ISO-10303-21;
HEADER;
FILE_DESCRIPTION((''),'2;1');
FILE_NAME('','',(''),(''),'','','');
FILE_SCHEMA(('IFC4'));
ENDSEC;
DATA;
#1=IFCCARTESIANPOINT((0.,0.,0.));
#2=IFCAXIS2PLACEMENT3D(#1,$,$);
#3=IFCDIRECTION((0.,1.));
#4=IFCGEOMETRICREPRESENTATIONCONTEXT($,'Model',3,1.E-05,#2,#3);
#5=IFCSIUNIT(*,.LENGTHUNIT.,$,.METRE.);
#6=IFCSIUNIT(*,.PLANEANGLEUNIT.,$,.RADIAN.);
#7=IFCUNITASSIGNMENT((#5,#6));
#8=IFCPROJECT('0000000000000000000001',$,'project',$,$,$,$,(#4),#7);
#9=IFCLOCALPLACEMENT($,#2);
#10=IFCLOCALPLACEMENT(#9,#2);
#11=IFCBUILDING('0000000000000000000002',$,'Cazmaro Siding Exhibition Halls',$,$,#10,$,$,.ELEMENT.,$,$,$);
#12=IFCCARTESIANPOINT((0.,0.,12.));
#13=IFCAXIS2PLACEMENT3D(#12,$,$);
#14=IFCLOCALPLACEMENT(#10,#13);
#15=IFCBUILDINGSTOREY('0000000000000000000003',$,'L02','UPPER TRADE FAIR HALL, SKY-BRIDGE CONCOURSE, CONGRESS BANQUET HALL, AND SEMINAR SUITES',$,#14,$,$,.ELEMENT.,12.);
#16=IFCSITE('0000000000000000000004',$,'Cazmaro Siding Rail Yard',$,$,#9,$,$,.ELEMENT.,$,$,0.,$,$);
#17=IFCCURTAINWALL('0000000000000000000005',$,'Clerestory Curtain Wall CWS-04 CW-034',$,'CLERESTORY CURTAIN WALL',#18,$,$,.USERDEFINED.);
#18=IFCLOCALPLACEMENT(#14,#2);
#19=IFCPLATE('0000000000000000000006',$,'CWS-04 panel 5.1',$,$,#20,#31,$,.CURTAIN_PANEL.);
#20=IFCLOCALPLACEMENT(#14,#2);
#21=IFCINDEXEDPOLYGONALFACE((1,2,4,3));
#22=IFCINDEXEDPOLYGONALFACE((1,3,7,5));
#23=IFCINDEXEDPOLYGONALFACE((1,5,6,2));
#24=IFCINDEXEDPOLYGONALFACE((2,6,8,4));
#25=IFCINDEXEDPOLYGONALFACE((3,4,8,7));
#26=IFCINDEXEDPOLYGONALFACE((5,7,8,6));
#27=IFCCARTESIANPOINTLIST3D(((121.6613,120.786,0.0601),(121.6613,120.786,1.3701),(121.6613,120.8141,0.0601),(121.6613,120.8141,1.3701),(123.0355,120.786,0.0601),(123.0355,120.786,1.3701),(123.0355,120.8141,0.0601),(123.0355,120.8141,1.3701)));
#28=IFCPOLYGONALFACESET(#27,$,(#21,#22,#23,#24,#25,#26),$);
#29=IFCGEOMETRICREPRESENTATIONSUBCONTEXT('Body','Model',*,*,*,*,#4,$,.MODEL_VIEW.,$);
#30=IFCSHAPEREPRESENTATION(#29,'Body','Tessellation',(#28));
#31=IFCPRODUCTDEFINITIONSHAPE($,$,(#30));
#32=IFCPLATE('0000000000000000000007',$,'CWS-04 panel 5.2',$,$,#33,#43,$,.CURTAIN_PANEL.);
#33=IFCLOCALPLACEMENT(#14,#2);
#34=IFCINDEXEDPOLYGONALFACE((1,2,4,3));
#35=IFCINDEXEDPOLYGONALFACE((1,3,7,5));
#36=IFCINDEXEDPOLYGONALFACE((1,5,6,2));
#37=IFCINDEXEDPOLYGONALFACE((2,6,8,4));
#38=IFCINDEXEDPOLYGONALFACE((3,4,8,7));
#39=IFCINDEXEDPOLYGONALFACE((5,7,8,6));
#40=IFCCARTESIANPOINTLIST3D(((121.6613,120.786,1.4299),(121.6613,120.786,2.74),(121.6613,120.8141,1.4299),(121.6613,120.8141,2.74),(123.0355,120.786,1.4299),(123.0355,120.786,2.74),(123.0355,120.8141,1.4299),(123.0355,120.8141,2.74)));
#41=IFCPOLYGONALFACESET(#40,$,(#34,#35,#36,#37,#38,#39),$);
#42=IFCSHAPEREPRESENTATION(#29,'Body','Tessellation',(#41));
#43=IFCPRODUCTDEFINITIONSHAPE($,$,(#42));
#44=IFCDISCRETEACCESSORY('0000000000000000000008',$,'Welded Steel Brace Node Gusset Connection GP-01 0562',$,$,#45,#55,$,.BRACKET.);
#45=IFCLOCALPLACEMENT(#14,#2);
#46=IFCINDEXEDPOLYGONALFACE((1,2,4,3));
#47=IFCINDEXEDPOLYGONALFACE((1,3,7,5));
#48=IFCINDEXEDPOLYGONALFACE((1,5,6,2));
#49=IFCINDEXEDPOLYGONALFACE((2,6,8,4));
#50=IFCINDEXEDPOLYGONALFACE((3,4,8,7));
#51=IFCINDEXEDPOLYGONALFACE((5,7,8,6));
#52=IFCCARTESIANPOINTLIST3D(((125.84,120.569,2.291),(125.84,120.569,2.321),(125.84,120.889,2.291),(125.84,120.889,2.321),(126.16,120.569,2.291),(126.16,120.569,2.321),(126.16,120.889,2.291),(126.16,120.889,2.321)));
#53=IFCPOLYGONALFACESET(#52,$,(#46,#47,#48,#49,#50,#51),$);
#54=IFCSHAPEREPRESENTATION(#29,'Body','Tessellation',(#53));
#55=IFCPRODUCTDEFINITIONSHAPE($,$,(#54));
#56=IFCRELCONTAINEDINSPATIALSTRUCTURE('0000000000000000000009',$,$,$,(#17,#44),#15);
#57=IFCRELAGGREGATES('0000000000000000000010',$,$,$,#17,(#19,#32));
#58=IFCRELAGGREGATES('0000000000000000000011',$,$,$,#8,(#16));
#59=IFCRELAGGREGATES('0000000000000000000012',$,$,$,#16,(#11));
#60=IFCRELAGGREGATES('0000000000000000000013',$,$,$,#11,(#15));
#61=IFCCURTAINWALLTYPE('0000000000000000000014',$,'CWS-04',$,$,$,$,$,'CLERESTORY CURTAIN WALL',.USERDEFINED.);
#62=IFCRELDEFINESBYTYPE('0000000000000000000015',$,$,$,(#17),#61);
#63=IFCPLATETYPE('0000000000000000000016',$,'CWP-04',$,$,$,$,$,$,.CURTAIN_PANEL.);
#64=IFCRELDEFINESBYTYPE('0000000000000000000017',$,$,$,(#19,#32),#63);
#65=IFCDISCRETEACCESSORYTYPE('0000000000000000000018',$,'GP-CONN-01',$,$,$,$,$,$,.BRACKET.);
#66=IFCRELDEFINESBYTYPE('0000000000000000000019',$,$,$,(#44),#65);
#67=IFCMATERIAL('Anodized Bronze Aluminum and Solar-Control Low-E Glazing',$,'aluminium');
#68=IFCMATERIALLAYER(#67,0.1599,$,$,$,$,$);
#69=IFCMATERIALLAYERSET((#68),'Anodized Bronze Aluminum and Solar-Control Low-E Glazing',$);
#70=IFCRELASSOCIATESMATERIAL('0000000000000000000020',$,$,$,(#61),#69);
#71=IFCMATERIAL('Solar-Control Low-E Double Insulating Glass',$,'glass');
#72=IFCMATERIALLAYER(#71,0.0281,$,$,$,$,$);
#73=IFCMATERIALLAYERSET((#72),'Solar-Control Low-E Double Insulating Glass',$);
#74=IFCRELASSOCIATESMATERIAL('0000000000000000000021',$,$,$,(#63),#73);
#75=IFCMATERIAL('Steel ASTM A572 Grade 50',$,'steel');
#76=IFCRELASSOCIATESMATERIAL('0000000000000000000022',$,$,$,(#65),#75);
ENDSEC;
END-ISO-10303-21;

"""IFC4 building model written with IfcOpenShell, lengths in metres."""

from ifc_helpers import new_model, si_unit, direction, frame, origin, origin_2d, place, context, subcontext, project, spatial, rectangle, extrude, material, layer, layer_set, type_object, element, aggregate, save


model = new_model("IFC4")

# Units and contexts
model_context = context("Model", 3, precision=1e-05, world=origin(), true_north=direction((0.0, 1.0)))
body_context = subcontext(model_context, "Body", "Model", "MODEL_VIEW")
ifc_project = project(units=[si_unit("LENGTHUNIT", "METRE"), si_unit("PLANEANGLEUNIT", "RADIAN")], contexts=[model_context])

# Site, building, storey
site_placement = place(None, origin())
site = spatial("IfcSite", under=ifc_project, at=site_placement, Name="Cazmaro Siding Rail Yard", CompositionType="ELEMENT", RefElevation=0.0)
building_placement = place(site_placement, origin())
building = spatial("IfcBuilding", under=site, at=building_placement, Name="Cazmaro Siding Exhibition Halls", CompositionType="ELEMENT")
storey_placement = place(building_placement, frame((0.0, 0.0, 12.0)))
storey = spatial("IfcBuildingStorey", under=building, at=storey_placement, Name="L02", Description="UPPER TRADE FAIR HALL, SKY-BRIDGE CONCOURSE, CONGRESS BANQUET HALL, AND SEMINAR SUITES", CompositionType="ELEMENT", Elevation=12.0)

# Curtain wall
ifc_material_1 = material(Name="Anodized Bronze Aluminum and Solar-Control Low-E Glazing", Category="aluminium")
ifc_layer_1 = layer(ifc_material_1, 0.1599)
ifc_layer_set_1 = layer_set([ifc_layer_1], Name="Anodized Bronze Aluminum and Solar-Control Low-E Glazing")
curtain_wall_type = type_object("IfcCurtainWallType", Name="CWS-04", ElementType="CLERESTORY CURTAIN WALL", PredefinedType="USERDEFINED", material=ifc_layer_set_1)
curtain_wall_placement = place(storey_placement, origin())
curtain_wall = element("IfcCurtainWall", 1, at=curtain_wall_placement, inside=storey, type_object=curtain_wall_type, Name="Clerestory Curtain Wall CWS-04 CW-034", ObjectType="CLERESTORY CURTAIN WALL", PredefinedType="USERDEFINED")

# Plates
ifc_material_2 = material(Name="Solar-Control Low-E Double Insulating Glass", Category="glass")
ifc_layer_2 = layer(ifc_material_2, 0.0281)
ifc_layer_set_2 = layer_set([ifc_layer_2], Name="Solar-Control Low-E Double Insulating Glass")
plate_type_1 = type_object("IfcPlateType", Name="CWP-04", PredefinedType="CURTAIN_PANEL", material=ifc_layer_set_2)
plate_1_placement = place(storey_placement, frame((122.3484, 120.8, 0.0601), z_axis=(0.0, 0.0, 1.0), x_axis=(-1.0, 0.0, 0.0)))
plate_1 = element("IfcPlate", 2, at=plate_1_placement, type_object=plate_type_1, Name="CWS-04 panel 5.1", PredefinedType="CURTAIN_PANEL", context=body_context, shape_type="SweptSolid", body=[
    extrude(rectangle(XDim=1.3743, YDim=0.0281, at=origin_2d()), origin(), (0.0, 0.0, 1.0), 1.3101),
])
plate_2_placement = place(storey_placement, frame((122.3484, 120.8, 1.4299), z_axis=(0.0, 0.0, 1.0), x_axis=(-1.0, 0.0, 0.0)))
plate_2 = element("IfcPlate", 3, at=plate_2_placement, type_object=plate_type_1, Name="CWS-04 panel 5.2", PredefinedType="CURTAIN_PANEL", context=body_context, shape_type="SweptSolid", body=[
    extrude(rectangle(XDim=1.3743, YDim=0.0281, at=origin_2d()), origin(), (0.0, 0.0, 1.0), 1.3101),
])
aggregate(curtain_wall, [plate_1, plate_2])

# Discrete accessory
ifc_material_3 = material(Name="Steel ASTM A572 Grade 50", Category="steel")
discrete_accessory_type = type_object("IfcDiscreteAccessoryType", Name="GP-CONN-01", PredefinedType="BRACKET", material=ifc_material_3)
discrete_accessory_placement = place(storey_placement, frame((126.0, 120.729, 2.291), z_axis=(0.0, 0.0, 1.0), x_axis=(1.0, 0.0, 0.0)))
element("IfcDiscreteAccessory", 4, at=discrete_accessory_placement, inside=storey, type_object=discrete_accessory_type, Name="Welded Steel Brace Node Gusset Connection GP-01 0562", PredefinedType="BRACKET", context=body_context, shape_type="SweptSolid", body=[
    extrude(rectangle(XDim=0.3201, YDim=0.3201, at=origin_2d()), origin(), (0.0, 0.0, 1.0), 0.03),
])

save(model, "model.ifc")
